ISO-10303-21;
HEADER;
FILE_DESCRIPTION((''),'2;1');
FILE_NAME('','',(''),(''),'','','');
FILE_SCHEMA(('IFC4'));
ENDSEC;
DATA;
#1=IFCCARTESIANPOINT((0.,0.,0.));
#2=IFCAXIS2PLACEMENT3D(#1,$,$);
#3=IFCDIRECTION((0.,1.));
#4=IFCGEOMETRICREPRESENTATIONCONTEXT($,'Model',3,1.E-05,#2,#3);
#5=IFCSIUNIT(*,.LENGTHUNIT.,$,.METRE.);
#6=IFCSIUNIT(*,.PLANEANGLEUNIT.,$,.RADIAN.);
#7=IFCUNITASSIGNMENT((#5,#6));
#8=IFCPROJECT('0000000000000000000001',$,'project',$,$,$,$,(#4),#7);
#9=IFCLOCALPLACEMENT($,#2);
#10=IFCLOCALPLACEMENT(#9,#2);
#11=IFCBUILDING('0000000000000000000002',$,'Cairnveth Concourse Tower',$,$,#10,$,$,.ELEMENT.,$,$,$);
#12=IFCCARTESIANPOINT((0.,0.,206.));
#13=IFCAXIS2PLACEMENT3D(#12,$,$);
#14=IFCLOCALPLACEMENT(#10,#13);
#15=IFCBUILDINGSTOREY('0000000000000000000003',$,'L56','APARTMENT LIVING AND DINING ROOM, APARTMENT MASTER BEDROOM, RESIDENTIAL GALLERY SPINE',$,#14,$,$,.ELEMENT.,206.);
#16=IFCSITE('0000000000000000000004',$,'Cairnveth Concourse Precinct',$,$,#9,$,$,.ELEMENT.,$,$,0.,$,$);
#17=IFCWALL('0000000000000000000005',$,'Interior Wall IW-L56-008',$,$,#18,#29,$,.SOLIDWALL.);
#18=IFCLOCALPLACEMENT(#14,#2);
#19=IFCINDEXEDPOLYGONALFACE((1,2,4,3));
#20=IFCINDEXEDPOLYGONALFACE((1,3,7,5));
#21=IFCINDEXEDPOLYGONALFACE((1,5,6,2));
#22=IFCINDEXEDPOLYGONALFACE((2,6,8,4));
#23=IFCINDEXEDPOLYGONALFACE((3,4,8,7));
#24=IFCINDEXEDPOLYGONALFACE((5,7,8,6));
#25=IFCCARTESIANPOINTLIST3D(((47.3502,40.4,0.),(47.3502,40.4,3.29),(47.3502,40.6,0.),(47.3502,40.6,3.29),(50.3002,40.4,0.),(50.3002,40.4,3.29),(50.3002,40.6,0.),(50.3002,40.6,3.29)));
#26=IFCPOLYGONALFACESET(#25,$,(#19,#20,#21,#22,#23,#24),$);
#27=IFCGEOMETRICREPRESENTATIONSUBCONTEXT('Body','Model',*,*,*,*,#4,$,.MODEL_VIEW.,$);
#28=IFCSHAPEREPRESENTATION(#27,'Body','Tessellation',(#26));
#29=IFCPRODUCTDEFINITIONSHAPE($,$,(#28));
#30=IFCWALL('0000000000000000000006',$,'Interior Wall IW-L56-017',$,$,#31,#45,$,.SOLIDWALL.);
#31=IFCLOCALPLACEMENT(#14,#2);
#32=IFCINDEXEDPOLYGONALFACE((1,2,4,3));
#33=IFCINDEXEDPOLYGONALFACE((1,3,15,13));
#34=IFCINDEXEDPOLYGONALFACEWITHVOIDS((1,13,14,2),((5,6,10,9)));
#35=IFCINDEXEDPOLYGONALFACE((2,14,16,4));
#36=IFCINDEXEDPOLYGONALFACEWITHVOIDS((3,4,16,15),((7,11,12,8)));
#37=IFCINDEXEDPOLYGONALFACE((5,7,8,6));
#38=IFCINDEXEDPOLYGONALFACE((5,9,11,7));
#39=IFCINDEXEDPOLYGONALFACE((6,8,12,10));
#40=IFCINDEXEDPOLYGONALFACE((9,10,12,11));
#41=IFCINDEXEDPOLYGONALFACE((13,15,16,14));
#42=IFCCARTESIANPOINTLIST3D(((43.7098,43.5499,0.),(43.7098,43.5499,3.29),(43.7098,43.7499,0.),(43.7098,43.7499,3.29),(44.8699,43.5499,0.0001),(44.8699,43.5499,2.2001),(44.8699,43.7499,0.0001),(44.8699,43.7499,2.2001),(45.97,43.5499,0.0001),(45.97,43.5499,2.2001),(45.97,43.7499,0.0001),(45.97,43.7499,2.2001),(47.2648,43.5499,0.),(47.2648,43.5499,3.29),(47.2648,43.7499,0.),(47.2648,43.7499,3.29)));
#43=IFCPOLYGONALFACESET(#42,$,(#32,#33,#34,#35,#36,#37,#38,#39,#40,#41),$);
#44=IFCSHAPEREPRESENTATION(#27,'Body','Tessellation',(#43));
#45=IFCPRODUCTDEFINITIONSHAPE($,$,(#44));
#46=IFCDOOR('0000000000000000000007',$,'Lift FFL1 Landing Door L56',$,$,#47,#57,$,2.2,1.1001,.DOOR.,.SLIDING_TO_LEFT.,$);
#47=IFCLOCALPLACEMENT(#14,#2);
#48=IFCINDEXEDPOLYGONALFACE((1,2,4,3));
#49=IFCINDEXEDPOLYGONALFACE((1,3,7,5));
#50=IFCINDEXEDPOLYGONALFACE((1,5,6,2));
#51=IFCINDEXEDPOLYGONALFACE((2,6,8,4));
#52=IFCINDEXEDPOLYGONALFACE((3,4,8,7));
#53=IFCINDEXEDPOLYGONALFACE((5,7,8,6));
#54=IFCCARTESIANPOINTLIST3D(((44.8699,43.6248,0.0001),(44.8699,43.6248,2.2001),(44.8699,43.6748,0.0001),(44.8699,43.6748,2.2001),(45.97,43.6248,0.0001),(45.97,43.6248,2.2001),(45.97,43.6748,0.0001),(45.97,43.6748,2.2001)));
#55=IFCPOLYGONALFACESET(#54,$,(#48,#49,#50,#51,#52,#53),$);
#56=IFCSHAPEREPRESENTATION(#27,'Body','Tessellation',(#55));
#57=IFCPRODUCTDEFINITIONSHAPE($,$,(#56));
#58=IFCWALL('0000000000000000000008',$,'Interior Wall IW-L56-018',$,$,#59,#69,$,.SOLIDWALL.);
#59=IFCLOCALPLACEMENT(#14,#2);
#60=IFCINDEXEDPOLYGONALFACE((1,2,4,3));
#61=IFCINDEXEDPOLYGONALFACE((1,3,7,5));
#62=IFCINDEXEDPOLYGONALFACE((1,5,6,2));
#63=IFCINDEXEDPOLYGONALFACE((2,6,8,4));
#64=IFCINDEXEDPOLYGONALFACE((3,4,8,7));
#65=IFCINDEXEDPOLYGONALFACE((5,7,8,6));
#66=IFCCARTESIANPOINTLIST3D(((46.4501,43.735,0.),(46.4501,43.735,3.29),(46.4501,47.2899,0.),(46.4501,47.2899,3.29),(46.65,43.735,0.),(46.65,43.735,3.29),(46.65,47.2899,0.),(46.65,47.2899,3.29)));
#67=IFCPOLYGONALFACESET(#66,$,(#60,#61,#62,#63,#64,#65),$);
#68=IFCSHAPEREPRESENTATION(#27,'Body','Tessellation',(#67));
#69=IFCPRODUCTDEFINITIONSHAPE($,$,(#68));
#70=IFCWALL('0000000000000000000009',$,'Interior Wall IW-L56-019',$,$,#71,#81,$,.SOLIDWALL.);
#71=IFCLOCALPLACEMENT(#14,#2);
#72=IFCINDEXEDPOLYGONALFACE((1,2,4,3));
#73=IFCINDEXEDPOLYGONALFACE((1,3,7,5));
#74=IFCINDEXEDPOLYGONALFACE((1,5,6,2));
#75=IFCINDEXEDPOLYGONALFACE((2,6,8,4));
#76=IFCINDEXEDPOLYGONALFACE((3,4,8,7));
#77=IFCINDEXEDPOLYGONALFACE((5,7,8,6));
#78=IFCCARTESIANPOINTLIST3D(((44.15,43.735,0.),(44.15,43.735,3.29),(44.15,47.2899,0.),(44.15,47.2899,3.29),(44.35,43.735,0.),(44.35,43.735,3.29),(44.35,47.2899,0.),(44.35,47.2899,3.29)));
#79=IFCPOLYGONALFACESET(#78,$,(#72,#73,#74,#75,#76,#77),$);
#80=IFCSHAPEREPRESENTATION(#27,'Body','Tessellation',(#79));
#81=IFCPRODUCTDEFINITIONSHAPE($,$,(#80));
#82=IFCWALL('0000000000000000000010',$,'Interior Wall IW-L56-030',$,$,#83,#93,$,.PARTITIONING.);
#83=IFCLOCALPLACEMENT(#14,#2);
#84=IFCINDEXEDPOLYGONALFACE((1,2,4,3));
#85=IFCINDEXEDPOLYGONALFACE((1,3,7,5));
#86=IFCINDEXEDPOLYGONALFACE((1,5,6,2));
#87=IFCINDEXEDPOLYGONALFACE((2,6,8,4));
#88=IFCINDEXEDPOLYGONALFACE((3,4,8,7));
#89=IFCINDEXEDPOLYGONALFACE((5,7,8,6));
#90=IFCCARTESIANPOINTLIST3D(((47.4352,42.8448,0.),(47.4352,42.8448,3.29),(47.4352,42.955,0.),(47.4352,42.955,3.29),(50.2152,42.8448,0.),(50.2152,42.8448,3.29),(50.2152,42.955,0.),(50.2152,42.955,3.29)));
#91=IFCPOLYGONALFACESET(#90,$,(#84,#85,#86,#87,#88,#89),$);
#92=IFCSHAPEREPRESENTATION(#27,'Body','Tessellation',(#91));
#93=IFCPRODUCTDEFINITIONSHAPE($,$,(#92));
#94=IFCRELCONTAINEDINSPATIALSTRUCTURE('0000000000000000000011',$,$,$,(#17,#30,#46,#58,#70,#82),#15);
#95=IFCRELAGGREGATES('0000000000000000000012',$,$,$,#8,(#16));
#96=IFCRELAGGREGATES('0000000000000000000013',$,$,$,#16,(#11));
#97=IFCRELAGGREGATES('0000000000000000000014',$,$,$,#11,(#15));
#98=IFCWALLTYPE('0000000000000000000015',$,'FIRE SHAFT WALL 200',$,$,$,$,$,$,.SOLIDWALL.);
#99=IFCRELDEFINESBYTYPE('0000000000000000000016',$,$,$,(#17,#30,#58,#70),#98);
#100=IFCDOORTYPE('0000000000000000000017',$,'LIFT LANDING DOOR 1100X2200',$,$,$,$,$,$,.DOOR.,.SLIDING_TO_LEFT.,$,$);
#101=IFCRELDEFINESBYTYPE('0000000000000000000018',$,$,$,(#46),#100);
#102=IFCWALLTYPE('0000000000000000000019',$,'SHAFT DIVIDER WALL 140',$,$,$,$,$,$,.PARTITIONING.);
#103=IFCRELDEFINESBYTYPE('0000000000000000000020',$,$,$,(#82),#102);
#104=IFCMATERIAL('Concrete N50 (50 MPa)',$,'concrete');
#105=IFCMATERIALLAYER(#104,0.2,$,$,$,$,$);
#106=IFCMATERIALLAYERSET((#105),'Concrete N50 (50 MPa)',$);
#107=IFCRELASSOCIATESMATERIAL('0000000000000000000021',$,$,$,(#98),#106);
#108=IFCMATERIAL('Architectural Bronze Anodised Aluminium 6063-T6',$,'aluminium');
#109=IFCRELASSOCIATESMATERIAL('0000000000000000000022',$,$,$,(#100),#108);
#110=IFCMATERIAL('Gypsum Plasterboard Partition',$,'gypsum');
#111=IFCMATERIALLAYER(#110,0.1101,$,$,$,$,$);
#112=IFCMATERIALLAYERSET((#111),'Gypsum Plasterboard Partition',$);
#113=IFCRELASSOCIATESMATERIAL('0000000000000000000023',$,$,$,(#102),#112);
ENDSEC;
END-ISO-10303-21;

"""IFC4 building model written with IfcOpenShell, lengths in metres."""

from ifc_helpers import new_model, si_unit, direction, frame, frame_2d, origin, place, context, subcontext, project, spatial, rectangle, extrude, material, layer, layer_set, type_object, element, fill, save


model = new_model("IFC4")

# Units and contexts
model_context = context("Model", 3, precision=1e-05, world=origin(), true_north=direction((0.0, 1.0)))
body_context = subcontext(model_context, "Body", "Model", "MODEL_VIEW")
ifc_project = project(units=[si_unit("LENGTHUNIT", "METRE"), si_unit("PLANEANGLEUNIT", "RADIAN")], contexts=[model_context])

# Site, building, storey
site_placement = place(None, origin())
site = spatial("IfcSite", under=ifc_project, at=site_placement, Name="Cairnveth Concourse Precinct", CompositionType="ELEMENT", RefElevation=0.0)
building_placement = place(site_placement, origin())
building = spatial("IfcBuilding", under=site, at=building_placement, Name="Cairnveth Concourse Tower", CompositionType="ELEMENT")
storey_placement = place(building_placement, frame((0.0, 0.0, 206.0)))
storey = spatial("IfcBuildingStorey", under=building, at=storey_placement, Name="L56", Description="APARTMENT LIVING AND DINING ROOM, APARTMENT MASTER BEDROOM, RESIDENTIAL GALLERY SPINE", CompositionType="ELEMENT", Elevation=206.0)

# Shared definitions
ifc_material_1 = material(Name="Concrete N50 (50 MPa)", Category="concrete")

# Wall
ifc_layer_1 = layer(ifc_material_1, 0.2)
ifc_layer_set_1 = layer_set([ifc_layer_1], Name="Concrete N50 (50 MPa)")
wall_type_1 = type_object("IfcWallType", Name="FIRE SHAFT WALL 200", PredefinedType="SOLIDWALL", material=ifc_layer_set_1)
for number, where, z_axis, x_axis, name in (
    (1, (47.3501, 40.5, 0.0), (0.0, 0.0, 1.0), (1.0, 0.0, 0.0), "Interior Wall IW-L56-008"),
):
    element("IfcWall", number, at=place(storey_placement, frame(where, z_axis=z_axis, x_axis=x_axis)), inside=storey, type_object=wall_type_1, Name=name, PredefinedType="SOLIDWALL", context=body_context, shape_type="SweptSolid", body=[
        extrude(rectangle(XDim=2.95, YDim=0.2, at=frame_2d((1.4751, 0.0))), origin(), (0.0, 0.0, 1.0), 3.29),
    ])

# Wall, opening, door
wall_1_placement = place(storey_placement, frame((43.71, 43.6499, 0.0), z_axis=(0.0, 0.0, 1.0), x_axis=(1.0, 0.0, 0.0)))
wall_1 = element("IfcWall", 2, at=wall_1_placement, inside=storey, type_object=wall_type_1, Name="Interior Wall IW-L56-017", PredefinedType="SOLIDWALL", context=body_context, shape_type="SweptSolid", body=[
    extrude(rectangle(XDim=3.5549, YDim=0.2, at=frame_2d((1.7773, 0.0))), origin(), (0.0, 0.0, 1.0), 3.29),
])
opening_1_placement = place(wall_1_placement, frame((1.1599, 0.0, 0.0)))
opening_1 = element("IfcOpeningElement", 3, at=opening_1_placement, cuts=wall_1, PredefinedType="OPENING", context=body_context, shape_type="SweptSolid", body=[
    extrude(rectangle(XDim=1.1001, YDim=2.2, at=frame_2d((0.55, 1.1001))), frame((0.0, 0.1099, 0.0), z_axis=(0.0, -1.0, 0.0), x_axis=(1.0, 0.0, 0.0)), (0.0, 0.0, 1.0), 0.22),
])
ifc_material_2 = material(Name="Architectural Bronze Anodised Aluminium 6063-T6", Category="aluminium")
door_type_1 = type_object("IfcDoorType", Name="LIFT LANDING DOOR 1100X2200", OperationType="SLIDING_TO_LEFT", PredefinedType="DOOR", material=ifc_material_2)
door_1_placement = place(opening_1_placement, origin())
door_1 = element("IfcDoor", 4, at=door_1_placement, inside=storey, type_object=door_type_1, Name="Lift FFL1 Landing Door L56", OperationType="SLIDING_TO_LEFT", OverallHeight=2.2, OverallWidth=1.1001, PredefinedType="DOOR", context=body_context, shape_type="SweptSolid", body=[
    extrude(rectangle(XDim=1.1001, YDim=2.2, at=frame_2d((0.55, 1.1001))), frame((0.0, 0.0249, 0.0), z_axis=(0.0, -1.0, 0.0), x_axis=(1.0, 0.0, 0.0)), (0.0, 0.0, 1.0), 0.05),
])
fill(opening_1, door_1)

# Walls
for number, where, z_axis, x_axis, name in (
    (5, (46.55, 43.7351, 0.0), (0.0, 0.0, 1.0), (0.0, 1.0, 0.0), "Interior Wall IW-L56-018"),
    (6, (44.25, 43.7351, 0.0), (0.0, 0.0, 1.0), (0.0, 1.0, 0.0), "Interior Wall IW-L56-019"),
):
    element("IfcWall", number, at=place(storey_placement, frame(where, z_axis=z_axis, x_axis=x_axis)), inside=storey, type_object=wall_type_1, Name=name, PredefinedType="SOLIDWALL", context=body_context, shape_type="SweptSolid", body=[
        extrude(rectangle(XDim=3.5549, YDim=0.2, at=frame_2d((1.7773, 0.0))), origin(), (0.0, 0.0, 1.0), 3.29),
    ])
ifc_material_3 = material(Name="Gypsum Plasterboard Partition", Category="gypsum")
ifc_layer_2 = layer(ifc_material_3, 0.1101)
ifc_layer_set_2 = layer_set([ifc_layer_2], Name="Gypsum Plasterboard Partition")
wall_type_2 = type_object("IfcWallType", Name="SHAFT DIVIDER WALL 140", PredefinedType="PARTITIONING", material=ifc_layer_set_2)
wall_2_placement = place(storey_placement, frame((47.4351, 42.8999, 0.0), z_axis=(0.0, 0.0, 1.0), x_axis=(1.0, 0.0, 0.0)))
element("IfcWall", 7, at=wall_2_placement, inside=storey, type_object=wall_type_2, Name="Interior Wall IW-L56-030", PredefinedType="PARTITIONING", context=body_context, shape_type="SweptSolid", body=[
    extrude(rectangle(XDim=2.78, YDim=0.1101, at=frame_2d((1.3901, 0.0))), origin(), (0.0, 0.0, 1.0), 3.29),
])

save(model, "model.ifc")
